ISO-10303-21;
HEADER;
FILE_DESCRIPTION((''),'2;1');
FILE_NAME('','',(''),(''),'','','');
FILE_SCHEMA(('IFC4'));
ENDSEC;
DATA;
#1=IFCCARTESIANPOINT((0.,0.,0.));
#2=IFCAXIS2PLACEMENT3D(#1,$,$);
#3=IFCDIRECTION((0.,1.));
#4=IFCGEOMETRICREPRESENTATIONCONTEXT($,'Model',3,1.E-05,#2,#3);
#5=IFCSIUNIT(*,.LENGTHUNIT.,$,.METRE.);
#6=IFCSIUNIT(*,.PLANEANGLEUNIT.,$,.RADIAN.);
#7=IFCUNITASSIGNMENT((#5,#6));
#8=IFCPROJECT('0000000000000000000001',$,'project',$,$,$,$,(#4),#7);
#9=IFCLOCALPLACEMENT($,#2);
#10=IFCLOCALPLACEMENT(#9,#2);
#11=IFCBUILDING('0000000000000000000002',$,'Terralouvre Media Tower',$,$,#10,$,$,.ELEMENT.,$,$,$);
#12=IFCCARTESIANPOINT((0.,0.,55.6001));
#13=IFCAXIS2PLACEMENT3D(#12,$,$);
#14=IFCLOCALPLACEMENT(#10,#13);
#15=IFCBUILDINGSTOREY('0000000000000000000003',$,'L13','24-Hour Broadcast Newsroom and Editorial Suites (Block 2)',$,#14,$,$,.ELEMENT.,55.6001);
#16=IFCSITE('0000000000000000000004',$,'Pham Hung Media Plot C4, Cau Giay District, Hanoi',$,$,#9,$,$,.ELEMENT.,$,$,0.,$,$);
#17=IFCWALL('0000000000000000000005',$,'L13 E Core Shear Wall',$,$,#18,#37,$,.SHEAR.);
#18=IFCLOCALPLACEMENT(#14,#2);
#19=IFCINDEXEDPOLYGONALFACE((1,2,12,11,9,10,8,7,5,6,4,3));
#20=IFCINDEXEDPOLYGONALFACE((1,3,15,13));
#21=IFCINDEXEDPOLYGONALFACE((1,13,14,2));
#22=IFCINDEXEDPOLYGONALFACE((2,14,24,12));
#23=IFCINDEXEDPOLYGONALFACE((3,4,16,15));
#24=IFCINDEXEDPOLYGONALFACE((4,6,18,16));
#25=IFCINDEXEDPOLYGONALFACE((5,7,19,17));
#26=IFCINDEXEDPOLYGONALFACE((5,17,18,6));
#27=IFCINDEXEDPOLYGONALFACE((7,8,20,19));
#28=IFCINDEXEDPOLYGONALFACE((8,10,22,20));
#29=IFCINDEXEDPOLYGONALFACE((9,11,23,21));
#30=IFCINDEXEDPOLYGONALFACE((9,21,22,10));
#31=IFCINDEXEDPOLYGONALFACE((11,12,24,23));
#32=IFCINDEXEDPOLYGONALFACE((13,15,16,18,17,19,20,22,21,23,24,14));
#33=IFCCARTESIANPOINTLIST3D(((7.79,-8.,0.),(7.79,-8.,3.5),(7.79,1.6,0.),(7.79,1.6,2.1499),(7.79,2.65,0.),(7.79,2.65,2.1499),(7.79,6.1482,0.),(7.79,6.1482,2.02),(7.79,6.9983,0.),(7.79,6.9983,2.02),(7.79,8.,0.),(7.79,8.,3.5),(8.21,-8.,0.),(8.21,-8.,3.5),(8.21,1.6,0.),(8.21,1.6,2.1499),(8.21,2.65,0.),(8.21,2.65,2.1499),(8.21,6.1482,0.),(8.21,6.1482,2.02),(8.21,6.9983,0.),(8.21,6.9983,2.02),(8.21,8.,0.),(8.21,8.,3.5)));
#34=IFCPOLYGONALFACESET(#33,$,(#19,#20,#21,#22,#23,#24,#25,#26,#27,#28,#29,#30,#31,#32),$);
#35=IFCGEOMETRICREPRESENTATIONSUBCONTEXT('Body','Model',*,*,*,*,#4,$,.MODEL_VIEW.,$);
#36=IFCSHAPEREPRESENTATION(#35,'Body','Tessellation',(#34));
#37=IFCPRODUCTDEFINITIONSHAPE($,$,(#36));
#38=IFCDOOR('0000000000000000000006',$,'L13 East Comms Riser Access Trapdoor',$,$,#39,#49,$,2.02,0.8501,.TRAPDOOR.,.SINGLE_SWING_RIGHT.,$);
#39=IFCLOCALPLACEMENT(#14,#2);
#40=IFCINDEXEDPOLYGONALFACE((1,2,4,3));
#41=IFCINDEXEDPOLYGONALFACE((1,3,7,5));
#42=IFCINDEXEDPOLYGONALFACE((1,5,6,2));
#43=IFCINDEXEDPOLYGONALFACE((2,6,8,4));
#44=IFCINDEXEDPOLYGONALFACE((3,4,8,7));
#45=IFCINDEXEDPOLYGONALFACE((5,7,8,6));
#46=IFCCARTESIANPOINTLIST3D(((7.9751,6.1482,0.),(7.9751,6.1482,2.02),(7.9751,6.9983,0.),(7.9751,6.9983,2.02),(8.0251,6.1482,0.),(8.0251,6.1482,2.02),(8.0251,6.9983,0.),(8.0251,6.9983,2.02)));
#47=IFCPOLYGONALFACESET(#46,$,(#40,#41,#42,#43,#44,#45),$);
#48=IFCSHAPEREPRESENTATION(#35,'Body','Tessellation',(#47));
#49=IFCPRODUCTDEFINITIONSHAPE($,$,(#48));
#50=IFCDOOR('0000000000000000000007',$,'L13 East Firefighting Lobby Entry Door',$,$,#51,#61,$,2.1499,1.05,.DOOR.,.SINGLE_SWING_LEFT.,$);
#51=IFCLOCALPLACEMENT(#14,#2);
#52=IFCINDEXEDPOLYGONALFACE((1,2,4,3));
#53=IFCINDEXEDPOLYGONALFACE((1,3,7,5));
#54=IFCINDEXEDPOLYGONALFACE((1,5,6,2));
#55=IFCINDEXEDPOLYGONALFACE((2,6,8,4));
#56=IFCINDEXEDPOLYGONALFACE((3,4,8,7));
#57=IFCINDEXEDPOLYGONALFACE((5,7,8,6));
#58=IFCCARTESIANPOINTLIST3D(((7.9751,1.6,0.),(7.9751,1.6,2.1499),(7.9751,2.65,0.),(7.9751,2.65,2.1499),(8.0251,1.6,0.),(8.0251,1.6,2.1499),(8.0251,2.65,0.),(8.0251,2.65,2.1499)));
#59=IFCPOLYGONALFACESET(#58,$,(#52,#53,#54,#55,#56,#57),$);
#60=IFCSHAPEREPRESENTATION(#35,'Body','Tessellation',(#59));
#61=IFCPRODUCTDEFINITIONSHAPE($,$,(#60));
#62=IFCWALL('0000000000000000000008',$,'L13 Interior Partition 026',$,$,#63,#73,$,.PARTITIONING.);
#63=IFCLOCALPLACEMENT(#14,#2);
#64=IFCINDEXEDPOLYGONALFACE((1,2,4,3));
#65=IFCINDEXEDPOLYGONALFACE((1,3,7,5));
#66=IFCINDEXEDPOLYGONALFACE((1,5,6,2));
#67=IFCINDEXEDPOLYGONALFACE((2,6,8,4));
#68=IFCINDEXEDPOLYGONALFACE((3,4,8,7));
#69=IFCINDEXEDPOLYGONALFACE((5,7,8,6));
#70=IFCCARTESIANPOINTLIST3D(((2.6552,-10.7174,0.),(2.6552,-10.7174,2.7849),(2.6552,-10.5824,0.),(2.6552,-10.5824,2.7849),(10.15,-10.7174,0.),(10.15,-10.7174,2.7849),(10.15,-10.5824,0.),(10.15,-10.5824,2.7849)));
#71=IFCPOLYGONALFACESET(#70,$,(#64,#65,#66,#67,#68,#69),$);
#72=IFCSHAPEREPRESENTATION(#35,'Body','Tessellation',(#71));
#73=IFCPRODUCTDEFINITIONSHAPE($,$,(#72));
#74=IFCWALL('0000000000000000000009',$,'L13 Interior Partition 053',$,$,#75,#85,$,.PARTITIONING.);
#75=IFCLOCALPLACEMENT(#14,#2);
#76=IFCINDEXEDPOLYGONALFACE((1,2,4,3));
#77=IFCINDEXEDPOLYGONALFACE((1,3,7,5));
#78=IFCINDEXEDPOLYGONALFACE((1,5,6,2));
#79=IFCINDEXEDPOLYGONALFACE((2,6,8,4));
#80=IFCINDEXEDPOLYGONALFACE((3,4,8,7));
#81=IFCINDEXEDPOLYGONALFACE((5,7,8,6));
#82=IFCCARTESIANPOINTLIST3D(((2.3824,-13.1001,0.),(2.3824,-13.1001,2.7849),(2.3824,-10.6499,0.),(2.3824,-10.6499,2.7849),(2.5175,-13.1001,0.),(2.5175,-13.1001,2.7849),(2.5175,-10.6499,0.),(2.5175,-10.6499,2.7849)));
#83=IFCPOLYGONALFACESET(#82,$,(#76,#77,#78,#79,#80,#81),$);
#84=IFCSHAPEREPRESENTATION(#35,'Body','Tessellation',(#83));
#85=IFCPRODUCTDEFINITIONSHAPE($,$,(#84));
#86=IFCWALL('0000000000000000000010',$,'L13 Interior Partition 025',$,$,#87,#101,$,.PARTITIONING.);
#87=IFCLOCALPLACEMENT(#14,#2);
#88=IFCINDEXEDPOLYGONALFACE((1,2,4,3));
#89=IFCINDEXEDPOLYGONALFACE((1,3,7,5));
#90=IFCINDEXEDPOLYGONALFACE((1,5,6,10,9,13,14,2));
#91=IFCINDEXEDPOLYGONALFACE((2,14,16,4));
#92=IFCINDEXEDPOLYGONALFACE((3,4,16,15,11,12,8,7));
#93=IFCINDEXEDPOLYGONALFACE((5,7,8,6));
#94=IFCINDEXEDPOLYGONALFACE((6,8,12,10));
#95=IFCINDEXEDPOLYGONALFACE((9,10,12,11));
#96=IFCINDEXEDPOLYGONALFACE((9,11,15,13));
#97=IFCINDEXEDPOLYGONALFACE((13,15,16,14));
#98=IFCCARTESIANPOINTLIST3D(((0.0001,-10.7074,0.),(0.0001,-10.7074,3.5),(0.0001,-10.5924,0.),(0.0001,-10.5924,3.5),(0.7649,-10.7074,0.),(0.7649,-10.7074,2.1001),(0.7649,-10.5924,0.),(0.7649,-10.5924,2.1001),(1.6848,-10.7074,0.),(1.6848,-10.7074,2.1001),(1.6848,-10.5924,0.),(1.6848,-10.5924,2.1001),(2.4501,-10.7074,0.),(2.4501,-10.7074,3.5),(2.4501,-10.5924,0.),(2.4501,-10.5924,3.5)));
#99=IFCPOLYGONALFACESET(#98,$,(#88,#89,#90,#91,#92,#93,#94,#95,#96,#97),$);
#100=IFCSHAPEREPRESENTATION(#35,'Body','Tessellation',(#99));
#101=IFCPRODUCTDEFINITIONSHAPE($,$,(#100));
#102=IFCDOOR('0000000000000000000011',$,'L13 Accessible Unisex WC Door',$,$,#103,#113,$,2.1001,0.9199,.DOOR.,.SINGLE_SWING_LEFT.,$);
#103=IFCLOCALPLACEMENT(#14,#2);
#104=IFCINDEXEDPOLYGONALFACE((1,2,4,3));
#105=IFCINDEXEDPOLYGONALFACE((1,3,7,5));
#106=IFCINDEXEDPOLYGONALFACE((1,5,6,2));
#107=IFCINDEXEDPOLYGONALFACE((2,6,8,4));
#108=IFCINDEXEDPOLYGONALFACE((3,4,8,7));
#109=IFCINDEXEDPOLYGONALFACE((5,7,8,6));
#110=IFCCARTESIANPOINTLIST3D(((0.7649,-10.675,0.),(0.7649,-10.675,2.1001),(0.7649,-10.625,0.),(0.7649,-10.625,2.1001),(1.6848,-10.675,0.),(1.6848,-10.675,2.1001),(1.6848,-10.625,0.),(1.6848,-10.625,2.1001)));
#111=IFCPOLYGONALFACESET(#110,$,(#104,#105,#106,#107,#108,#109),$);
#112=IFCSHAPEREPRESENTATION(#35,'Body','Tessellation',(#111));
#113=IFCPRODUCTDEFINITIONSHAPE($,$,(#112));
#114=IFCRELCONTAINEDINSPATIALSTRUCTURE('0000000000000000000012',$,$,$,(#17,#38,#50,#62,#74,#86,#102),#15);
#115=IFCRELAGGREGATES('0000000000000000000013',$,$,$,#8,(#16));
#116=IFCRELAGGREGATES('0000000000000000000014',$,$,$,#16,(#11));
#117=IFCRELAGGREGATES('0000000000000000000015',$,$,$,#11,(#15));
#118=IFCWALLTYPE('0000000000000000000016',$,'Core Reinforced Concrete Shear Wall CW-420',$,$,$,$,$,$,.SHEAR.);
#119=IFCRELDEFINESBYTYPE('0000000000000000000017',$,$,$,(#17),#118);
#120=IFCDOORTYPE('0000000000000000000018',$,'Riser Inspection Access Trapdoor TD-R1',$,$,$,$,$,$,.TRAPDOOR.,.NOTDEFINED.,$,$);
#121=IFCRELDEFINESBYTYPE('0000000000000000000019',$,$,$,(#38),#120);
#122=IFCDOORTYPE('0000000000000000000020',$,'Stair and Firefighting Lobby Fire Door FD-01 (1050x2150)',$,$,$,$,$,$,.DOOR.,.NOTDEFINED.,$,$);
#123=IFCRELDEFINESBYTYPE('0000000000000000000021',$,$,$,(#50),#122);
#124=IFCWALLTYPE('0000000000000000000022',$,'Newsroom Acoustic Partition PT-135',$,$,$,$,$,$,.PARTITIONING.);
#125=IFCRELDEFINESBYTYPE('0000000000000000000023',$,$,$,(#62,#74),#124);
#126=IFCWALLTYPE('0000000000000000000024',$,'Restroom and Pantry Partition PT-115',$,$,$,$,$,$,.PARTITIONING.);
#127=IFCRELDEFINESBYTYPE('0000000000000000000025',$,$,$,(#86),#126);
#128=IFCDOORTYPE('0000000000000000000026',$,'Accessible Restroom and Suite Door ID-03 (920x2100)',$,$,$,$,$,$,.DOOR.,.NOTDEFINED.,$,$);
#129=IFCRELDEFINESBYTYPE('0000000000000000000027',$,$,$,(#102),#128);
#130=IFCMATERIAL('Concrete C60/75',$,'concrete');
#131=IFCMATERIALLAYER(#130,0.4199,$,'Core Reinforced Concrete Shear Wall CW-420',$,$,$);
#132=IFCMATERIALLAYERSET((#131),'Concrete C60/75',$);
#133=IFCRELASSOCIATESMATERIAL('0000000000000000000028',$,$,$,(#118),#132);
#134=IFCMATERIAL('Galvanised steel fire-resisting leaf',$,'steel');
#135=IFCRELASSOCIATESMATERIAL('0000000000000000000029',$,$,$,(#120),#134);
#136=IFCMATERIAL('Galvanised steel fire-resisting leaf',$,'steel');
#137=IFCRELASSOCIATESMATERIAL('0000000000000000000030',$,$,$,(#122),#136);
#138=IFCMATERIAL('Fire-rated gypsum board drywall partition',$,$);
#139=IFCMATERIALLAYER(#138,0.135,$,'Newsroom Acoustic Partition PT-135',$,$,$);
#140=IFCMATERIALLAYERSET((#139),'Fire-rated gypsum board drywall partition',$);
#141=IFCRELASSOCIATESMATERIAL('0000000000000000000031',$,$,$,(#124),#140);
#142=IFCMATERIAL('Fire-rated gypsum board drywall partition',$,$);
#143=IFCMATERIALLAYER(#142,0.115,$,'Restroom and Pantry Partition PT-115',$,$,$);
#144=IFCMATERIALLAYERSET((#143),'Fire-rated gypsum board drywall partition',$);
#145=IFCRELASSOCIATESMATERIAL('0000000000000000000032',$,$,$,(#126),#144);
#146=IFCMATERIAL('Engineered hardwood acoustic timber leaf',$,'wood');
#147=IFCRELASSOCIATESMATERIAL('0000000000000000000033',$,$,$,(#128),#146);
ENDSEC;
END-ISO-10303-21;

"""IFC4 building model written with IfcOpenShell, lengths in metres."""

from ifc_helpers import new_model, si_unit, direction, frame, frame_2d, origin, place, context, subcontext, project, spatial, rectangle, extrude, material, layer, layer_set, type_object, element, fill, save


model = new_model("IFC4")

# Units and contexts
model_context = context("Model", 3, precision=1e-05, world=origin(), true_north=direction((0.0, 1.0)))
body_context = subcontext(model_context, "Body", "Model", "MODEL_VIEW")
ifc_project = project(units=[si_unit("LENGTHUNIT", "METRE"), si_unit("PLANEANGLEUNIT", "RADIAN")], contexts=[model_context])

# Site, building, storey
site_placement = place(None, origin())
site = spatial("IfcSite", under=ifc_project, at=site_placement, Name="Pham Hung Media Plot C4, Cau Giay District, Hanoi", CompositionType="ELEMENT", RefElevation=0.0)
building_placement = place(site_placement, origin())
building = spatial("IfcBuilding", under=site, at=building_placement, Name="Terralouvre Media Tower", CompositionType="ELEMENT")
storey_placement = place(building_placement, frame((0.0, 0.0, 55.6001)))
storey = spatial("IfcBuildingStorey", under=building, at=storey_placement, Name="L13", Description="24-Hour Broadcast Newsroom and Editorial Suites (Block 2)", CompositionType="ELEMENT", Elevation=55.6001)

# Wall, openings, doors
ifc_material_1 = material(Name="Concrete C60/75", Category="concrete")
ifc_layer_1 = layer(ifc_material_1, 0.4199, Name="Core Reinforced Concrete Shear Wall CW-420")
ifc_layer_set_1 = layer_set([ifc_layer_1], Name="Concrete C60/75")
wall_type_1 = type_object("IfcWallType", Name="Core Reinforced Concrete Shear Wall CW-420", PredefinedType="SHEAR", material=ifc_layer_set_1)
wall_1_placement = place(storey_placement, frame((8.0, -8.0, 0.0), z_axis=(0.0, 0.0, 1.0), x_axis=(0.0, 1.0, 0.0)))
wall_1 = element("IfcWall", 1, at=wall_1_placement, inside=storey, type_object=wall_type_1, Name="L13 E Core Shear Wall", PredefinedType="SHEAR", context=body_context, shape_type="SweptSolid", body=[
    extrude(rectangle(XDim=16.0, YDim=0.4199, at=frame_2d((8.0, 0.0))), origin(), (0.0, 0.0, 1.0), 3.5),
])
opening_1_placement = place(wall_1_placement, frame((9.6001, 0.0, 0.0)))
opening_1 = element("IfcOpeningElement", 2, at=opening_1_placement, cuts=wall_1, PredefinedType="OPENING", context=body_context, shape_type="SweptSolid", body=[
    extrude(rectangle(XDim=1.05, YDim=2.1499, at=frame_2d((0.5249, 1.075))), frame((0.0, 0.22, 0.0), z_axis=(0.0, -1.0, 0.0), x_axis=(1.0, 0.0, 0.0)), (0.0, 0.0, 1.0), 0.4399),
])
opening_2_placement = place(wall_1_placement, frame((14.1482, 0.0, 0.0)))
opening_2 = element("IfcOpeningElement", 3, at=opening_2_placement, cuts=wall_1, PredefinedType="OPENING", context=body_context, shape_type="SweptSolid", body=[
    extrude(rectangle(XDim=0.8501, YDim=2.02, at=frame_2d((0.425, 1.01))), frame((0.0, 0.22, 0.0), z_axis=(0.0, -1.0, 0.0), x_axis=(1.0, 0.0, 0.0)), (0.0, 0.0, 1.0), 0.4399),
])
ifc_material_2 = material(Name="Galvanised steel fire-resisting leaf", Category="steel")
door_type_1 = type_object("IfcDoorType", Name="Riser Inspection Access Trapdoor TD-R1", OperationType="NOTDEFINED", PredefinedType="TRAPDOOR", material=ifc_material_2)
door_1_placement = place(opening_2_placement, origin())
door_1 = element("IfcDoor", 4, at=door_1_placement, inside=storey, type_object=door_type_1, Name="L13 East Comms Riser Access Trapdoor", OperationType="SINGLE_SWING_RIGHT", OverallHeight=2.02, OverallWidth=0.8501, PredefinedType="TRAPDOOR", context=body_context, shape_type="SweptSolid", body=[
    extrude(rectangle(XDim=0.8501, YDim=2.02, at=frame_2d((0.425, 1.01))), frame((0.0, 0.0249, 0.0), z_axis=(0.0, -1.0, 0.0), x_axis=(1.0, 0.0, 0.0)), (0.0, 0.0, 1.0), 0.05),
])
fill(opening_2, door_1)
ifc_material_3 = material(Name="Galvanised steel fire-resisting leaf", Category="steel")
door_type_2 = type_object("IfcDoorType", Name="Stair and Firefighting Lobby Fire Door FD-01 (1050x2150)", OperationType="NOTDEFINED", PredefinedType="DOOR", material=ifc_material_3)
door_2_placement = place(opening_1_placement, origin())
door_2 = element("IfcDoor", 5, at=door_2_placement, inside=storey, type_object=door_type_2, Name="L13 East Firefighting Lobby Entry Door", OperationType="SINGLE_SWING_LEFT", OverallHeight=2.1499, OverallWidth=1.05, PredefinedType="DOOR", context=body_context, shape_type="SweptSolid", body=[
    extrude(rectangle(XDim=1.05, YDim=2.1499, at=frame_2d((0.5249, 1.075))), frame((0.0, 0.0249, 0.0), z_axis=(0.0, -1.0, 0.0), x_axis=(1.0, 0.0, 0.0)), (0.0, 0.0, 1.0), 0.05),
])
fill(opening_1, door_2)

# Walls
ifc_material_4 = material(Name="Fire-rated gypsum board drywall partition")
ifc_layer_2 = layer(ifc_material_4, 0.135, Name="Newsroom Acoustic Partition PT-135")
ifc_layer_set_2 = layer_set([ifc_layer_2], Name="Fire-rated gypsum board drywall partition")
wall_type_2 = type_object("IfcWallType", Name="Newsroom Acoustic Partition PT-135", PredefinedType="PARTITIONING", material=ifc_layer_set_2)
wall_2_placement = place(storey_placement, frame((2.655, -10.6499, 0.0), z_axis=(0.0, 0.0, 1.0), x_axis=(1.0, 0.0, 0.0)))
element("IfcWall", 6, at=wall_2_placement, inside=storey, type_object=wall_type_2, Name="L13 Interior Partition 026", PredefinedType="PARTITIONING", context=body_context, shape_type="SweptSolid", body=[
    extrude(rectangle(XDim=7.4949, YDim=0.135, at=frame_2d((3.7476, 0.0))), origin(), (0.0, 0.0, 1.0), 2.7849),
])
wall_3_placement = place(storey_placement, frame((2.45, -10.6499, 0.0), z_axis=(0.0, 0.0, 1.0), x_axis=(0.0, -1.0, 0.0)))
element("IfcWall", 7, at=wall_3_placement, inside=storey, type_object=wall_type_2, Name="L13 Interior Partition 053", PredefinedType="PARTITIONING", context=body_context, shape_type="SweptSolid", body=[
    extrude(rectangle(XDim=2.4502, YDim=0.135, at=frame_2d((1.2251, 0.0))), origin(), (0.0, 0.0, 1.0), 2.7849),
])

# Wall, opening, door
ifc_material_5 = material(Name="Fire-rated gypsum board drywall partition")
ifc_layer_3 = layer(ifc_material_5, 0.115, Name="Restroom and Pantry Partition PT-115")
ifc_layer_set_3 = layer_set([ifc_layer_3], Name="Fire-rated gypsum board drywall partition")
wall_type_3 = type_object("IfcWallType", Name="Restroom and Pantry Partition PT-115", PredefinedType="PARTITIONING", material=ifc_layer_set_3)
wall_4_placement = place(storey_placement, frame((0.0, -10.6499, 0.0), z_axis=(0.0, 0.0, 1.0), x_axis=(1.0, 0.0, 0.0)))
wall_4 = element("IfcWall", 8, at=wall_4_placement, inside=storey, type_object=wall_type_3, Name="L13 Interior Partition 025", PredefinedType="PARTITIONING", context=body_context, shape_type="SweptSolid", body=[
    extrude(rectangle(XDim=2.45, YDim=0.115, at=frame_2d((1.2251, 0.0))), origin(), (0.0, 0.0, 1.0), 3.5),
])
opening_3_placement = place(wall_4_placement, frame((0.7649, 0.0, 0.0)))
opening_3 = element("IfcOpeningElement", 9, at=opening_3_placement, cuts=wall_4, PredefinedType="OPENING", context=body_context, shape_type="SweptSolid", body=[
    extrude(rectangle(XDim=0.9199, YDim=2.1001, at=frame_2d((0.46, 1.05))), frame((0.0, 0.0674, 0.0), z_axis=(0.0, -1.0, 0.0), x_axis=(1.0, 0.0, 0.0)), (0.0, 0.0, 1.0), 0.135),
])
ifc_material_6 = material(Name="Engineered hardwood acoustic timber leaf", Category="wood")
door_type_3 = type_object("IfcDoorType", Name="Accessible Restroom and Suite Door ID-03 (920x2100)", OperationType="NOTDEFINED", PredefinedType="DOOR", material=ifc_material_6)
door_3_placement = place(opening_3_placement, origin())
door_3 = element("IfcDoor", 10, at=door_3_placement, inside=storey, type_object=door_type_3, Name="L13 Accessible Unisex WC Door", OperationType="SINGLE_SWING_LEFT", OverallHeight=2.1001, OverallWidth=0.9199, PredefinedType="DOOR", context=body_context, shape_type="SweptSolid", body=[
    extrude(rectangle(XDim=0.9199, YDim=2.1001, at=frame_2d((0.46, 1.05))), frame((0.0, 0.0249, 0.0), z_axis=(0.0, -1.0, 0.0), x_axis=(1.0, 0.0, 0.0)), (0.0, 0.0, 1.0), 0.05),
])
fill(opening_3, door_3)

save(model, "model.ifc")
